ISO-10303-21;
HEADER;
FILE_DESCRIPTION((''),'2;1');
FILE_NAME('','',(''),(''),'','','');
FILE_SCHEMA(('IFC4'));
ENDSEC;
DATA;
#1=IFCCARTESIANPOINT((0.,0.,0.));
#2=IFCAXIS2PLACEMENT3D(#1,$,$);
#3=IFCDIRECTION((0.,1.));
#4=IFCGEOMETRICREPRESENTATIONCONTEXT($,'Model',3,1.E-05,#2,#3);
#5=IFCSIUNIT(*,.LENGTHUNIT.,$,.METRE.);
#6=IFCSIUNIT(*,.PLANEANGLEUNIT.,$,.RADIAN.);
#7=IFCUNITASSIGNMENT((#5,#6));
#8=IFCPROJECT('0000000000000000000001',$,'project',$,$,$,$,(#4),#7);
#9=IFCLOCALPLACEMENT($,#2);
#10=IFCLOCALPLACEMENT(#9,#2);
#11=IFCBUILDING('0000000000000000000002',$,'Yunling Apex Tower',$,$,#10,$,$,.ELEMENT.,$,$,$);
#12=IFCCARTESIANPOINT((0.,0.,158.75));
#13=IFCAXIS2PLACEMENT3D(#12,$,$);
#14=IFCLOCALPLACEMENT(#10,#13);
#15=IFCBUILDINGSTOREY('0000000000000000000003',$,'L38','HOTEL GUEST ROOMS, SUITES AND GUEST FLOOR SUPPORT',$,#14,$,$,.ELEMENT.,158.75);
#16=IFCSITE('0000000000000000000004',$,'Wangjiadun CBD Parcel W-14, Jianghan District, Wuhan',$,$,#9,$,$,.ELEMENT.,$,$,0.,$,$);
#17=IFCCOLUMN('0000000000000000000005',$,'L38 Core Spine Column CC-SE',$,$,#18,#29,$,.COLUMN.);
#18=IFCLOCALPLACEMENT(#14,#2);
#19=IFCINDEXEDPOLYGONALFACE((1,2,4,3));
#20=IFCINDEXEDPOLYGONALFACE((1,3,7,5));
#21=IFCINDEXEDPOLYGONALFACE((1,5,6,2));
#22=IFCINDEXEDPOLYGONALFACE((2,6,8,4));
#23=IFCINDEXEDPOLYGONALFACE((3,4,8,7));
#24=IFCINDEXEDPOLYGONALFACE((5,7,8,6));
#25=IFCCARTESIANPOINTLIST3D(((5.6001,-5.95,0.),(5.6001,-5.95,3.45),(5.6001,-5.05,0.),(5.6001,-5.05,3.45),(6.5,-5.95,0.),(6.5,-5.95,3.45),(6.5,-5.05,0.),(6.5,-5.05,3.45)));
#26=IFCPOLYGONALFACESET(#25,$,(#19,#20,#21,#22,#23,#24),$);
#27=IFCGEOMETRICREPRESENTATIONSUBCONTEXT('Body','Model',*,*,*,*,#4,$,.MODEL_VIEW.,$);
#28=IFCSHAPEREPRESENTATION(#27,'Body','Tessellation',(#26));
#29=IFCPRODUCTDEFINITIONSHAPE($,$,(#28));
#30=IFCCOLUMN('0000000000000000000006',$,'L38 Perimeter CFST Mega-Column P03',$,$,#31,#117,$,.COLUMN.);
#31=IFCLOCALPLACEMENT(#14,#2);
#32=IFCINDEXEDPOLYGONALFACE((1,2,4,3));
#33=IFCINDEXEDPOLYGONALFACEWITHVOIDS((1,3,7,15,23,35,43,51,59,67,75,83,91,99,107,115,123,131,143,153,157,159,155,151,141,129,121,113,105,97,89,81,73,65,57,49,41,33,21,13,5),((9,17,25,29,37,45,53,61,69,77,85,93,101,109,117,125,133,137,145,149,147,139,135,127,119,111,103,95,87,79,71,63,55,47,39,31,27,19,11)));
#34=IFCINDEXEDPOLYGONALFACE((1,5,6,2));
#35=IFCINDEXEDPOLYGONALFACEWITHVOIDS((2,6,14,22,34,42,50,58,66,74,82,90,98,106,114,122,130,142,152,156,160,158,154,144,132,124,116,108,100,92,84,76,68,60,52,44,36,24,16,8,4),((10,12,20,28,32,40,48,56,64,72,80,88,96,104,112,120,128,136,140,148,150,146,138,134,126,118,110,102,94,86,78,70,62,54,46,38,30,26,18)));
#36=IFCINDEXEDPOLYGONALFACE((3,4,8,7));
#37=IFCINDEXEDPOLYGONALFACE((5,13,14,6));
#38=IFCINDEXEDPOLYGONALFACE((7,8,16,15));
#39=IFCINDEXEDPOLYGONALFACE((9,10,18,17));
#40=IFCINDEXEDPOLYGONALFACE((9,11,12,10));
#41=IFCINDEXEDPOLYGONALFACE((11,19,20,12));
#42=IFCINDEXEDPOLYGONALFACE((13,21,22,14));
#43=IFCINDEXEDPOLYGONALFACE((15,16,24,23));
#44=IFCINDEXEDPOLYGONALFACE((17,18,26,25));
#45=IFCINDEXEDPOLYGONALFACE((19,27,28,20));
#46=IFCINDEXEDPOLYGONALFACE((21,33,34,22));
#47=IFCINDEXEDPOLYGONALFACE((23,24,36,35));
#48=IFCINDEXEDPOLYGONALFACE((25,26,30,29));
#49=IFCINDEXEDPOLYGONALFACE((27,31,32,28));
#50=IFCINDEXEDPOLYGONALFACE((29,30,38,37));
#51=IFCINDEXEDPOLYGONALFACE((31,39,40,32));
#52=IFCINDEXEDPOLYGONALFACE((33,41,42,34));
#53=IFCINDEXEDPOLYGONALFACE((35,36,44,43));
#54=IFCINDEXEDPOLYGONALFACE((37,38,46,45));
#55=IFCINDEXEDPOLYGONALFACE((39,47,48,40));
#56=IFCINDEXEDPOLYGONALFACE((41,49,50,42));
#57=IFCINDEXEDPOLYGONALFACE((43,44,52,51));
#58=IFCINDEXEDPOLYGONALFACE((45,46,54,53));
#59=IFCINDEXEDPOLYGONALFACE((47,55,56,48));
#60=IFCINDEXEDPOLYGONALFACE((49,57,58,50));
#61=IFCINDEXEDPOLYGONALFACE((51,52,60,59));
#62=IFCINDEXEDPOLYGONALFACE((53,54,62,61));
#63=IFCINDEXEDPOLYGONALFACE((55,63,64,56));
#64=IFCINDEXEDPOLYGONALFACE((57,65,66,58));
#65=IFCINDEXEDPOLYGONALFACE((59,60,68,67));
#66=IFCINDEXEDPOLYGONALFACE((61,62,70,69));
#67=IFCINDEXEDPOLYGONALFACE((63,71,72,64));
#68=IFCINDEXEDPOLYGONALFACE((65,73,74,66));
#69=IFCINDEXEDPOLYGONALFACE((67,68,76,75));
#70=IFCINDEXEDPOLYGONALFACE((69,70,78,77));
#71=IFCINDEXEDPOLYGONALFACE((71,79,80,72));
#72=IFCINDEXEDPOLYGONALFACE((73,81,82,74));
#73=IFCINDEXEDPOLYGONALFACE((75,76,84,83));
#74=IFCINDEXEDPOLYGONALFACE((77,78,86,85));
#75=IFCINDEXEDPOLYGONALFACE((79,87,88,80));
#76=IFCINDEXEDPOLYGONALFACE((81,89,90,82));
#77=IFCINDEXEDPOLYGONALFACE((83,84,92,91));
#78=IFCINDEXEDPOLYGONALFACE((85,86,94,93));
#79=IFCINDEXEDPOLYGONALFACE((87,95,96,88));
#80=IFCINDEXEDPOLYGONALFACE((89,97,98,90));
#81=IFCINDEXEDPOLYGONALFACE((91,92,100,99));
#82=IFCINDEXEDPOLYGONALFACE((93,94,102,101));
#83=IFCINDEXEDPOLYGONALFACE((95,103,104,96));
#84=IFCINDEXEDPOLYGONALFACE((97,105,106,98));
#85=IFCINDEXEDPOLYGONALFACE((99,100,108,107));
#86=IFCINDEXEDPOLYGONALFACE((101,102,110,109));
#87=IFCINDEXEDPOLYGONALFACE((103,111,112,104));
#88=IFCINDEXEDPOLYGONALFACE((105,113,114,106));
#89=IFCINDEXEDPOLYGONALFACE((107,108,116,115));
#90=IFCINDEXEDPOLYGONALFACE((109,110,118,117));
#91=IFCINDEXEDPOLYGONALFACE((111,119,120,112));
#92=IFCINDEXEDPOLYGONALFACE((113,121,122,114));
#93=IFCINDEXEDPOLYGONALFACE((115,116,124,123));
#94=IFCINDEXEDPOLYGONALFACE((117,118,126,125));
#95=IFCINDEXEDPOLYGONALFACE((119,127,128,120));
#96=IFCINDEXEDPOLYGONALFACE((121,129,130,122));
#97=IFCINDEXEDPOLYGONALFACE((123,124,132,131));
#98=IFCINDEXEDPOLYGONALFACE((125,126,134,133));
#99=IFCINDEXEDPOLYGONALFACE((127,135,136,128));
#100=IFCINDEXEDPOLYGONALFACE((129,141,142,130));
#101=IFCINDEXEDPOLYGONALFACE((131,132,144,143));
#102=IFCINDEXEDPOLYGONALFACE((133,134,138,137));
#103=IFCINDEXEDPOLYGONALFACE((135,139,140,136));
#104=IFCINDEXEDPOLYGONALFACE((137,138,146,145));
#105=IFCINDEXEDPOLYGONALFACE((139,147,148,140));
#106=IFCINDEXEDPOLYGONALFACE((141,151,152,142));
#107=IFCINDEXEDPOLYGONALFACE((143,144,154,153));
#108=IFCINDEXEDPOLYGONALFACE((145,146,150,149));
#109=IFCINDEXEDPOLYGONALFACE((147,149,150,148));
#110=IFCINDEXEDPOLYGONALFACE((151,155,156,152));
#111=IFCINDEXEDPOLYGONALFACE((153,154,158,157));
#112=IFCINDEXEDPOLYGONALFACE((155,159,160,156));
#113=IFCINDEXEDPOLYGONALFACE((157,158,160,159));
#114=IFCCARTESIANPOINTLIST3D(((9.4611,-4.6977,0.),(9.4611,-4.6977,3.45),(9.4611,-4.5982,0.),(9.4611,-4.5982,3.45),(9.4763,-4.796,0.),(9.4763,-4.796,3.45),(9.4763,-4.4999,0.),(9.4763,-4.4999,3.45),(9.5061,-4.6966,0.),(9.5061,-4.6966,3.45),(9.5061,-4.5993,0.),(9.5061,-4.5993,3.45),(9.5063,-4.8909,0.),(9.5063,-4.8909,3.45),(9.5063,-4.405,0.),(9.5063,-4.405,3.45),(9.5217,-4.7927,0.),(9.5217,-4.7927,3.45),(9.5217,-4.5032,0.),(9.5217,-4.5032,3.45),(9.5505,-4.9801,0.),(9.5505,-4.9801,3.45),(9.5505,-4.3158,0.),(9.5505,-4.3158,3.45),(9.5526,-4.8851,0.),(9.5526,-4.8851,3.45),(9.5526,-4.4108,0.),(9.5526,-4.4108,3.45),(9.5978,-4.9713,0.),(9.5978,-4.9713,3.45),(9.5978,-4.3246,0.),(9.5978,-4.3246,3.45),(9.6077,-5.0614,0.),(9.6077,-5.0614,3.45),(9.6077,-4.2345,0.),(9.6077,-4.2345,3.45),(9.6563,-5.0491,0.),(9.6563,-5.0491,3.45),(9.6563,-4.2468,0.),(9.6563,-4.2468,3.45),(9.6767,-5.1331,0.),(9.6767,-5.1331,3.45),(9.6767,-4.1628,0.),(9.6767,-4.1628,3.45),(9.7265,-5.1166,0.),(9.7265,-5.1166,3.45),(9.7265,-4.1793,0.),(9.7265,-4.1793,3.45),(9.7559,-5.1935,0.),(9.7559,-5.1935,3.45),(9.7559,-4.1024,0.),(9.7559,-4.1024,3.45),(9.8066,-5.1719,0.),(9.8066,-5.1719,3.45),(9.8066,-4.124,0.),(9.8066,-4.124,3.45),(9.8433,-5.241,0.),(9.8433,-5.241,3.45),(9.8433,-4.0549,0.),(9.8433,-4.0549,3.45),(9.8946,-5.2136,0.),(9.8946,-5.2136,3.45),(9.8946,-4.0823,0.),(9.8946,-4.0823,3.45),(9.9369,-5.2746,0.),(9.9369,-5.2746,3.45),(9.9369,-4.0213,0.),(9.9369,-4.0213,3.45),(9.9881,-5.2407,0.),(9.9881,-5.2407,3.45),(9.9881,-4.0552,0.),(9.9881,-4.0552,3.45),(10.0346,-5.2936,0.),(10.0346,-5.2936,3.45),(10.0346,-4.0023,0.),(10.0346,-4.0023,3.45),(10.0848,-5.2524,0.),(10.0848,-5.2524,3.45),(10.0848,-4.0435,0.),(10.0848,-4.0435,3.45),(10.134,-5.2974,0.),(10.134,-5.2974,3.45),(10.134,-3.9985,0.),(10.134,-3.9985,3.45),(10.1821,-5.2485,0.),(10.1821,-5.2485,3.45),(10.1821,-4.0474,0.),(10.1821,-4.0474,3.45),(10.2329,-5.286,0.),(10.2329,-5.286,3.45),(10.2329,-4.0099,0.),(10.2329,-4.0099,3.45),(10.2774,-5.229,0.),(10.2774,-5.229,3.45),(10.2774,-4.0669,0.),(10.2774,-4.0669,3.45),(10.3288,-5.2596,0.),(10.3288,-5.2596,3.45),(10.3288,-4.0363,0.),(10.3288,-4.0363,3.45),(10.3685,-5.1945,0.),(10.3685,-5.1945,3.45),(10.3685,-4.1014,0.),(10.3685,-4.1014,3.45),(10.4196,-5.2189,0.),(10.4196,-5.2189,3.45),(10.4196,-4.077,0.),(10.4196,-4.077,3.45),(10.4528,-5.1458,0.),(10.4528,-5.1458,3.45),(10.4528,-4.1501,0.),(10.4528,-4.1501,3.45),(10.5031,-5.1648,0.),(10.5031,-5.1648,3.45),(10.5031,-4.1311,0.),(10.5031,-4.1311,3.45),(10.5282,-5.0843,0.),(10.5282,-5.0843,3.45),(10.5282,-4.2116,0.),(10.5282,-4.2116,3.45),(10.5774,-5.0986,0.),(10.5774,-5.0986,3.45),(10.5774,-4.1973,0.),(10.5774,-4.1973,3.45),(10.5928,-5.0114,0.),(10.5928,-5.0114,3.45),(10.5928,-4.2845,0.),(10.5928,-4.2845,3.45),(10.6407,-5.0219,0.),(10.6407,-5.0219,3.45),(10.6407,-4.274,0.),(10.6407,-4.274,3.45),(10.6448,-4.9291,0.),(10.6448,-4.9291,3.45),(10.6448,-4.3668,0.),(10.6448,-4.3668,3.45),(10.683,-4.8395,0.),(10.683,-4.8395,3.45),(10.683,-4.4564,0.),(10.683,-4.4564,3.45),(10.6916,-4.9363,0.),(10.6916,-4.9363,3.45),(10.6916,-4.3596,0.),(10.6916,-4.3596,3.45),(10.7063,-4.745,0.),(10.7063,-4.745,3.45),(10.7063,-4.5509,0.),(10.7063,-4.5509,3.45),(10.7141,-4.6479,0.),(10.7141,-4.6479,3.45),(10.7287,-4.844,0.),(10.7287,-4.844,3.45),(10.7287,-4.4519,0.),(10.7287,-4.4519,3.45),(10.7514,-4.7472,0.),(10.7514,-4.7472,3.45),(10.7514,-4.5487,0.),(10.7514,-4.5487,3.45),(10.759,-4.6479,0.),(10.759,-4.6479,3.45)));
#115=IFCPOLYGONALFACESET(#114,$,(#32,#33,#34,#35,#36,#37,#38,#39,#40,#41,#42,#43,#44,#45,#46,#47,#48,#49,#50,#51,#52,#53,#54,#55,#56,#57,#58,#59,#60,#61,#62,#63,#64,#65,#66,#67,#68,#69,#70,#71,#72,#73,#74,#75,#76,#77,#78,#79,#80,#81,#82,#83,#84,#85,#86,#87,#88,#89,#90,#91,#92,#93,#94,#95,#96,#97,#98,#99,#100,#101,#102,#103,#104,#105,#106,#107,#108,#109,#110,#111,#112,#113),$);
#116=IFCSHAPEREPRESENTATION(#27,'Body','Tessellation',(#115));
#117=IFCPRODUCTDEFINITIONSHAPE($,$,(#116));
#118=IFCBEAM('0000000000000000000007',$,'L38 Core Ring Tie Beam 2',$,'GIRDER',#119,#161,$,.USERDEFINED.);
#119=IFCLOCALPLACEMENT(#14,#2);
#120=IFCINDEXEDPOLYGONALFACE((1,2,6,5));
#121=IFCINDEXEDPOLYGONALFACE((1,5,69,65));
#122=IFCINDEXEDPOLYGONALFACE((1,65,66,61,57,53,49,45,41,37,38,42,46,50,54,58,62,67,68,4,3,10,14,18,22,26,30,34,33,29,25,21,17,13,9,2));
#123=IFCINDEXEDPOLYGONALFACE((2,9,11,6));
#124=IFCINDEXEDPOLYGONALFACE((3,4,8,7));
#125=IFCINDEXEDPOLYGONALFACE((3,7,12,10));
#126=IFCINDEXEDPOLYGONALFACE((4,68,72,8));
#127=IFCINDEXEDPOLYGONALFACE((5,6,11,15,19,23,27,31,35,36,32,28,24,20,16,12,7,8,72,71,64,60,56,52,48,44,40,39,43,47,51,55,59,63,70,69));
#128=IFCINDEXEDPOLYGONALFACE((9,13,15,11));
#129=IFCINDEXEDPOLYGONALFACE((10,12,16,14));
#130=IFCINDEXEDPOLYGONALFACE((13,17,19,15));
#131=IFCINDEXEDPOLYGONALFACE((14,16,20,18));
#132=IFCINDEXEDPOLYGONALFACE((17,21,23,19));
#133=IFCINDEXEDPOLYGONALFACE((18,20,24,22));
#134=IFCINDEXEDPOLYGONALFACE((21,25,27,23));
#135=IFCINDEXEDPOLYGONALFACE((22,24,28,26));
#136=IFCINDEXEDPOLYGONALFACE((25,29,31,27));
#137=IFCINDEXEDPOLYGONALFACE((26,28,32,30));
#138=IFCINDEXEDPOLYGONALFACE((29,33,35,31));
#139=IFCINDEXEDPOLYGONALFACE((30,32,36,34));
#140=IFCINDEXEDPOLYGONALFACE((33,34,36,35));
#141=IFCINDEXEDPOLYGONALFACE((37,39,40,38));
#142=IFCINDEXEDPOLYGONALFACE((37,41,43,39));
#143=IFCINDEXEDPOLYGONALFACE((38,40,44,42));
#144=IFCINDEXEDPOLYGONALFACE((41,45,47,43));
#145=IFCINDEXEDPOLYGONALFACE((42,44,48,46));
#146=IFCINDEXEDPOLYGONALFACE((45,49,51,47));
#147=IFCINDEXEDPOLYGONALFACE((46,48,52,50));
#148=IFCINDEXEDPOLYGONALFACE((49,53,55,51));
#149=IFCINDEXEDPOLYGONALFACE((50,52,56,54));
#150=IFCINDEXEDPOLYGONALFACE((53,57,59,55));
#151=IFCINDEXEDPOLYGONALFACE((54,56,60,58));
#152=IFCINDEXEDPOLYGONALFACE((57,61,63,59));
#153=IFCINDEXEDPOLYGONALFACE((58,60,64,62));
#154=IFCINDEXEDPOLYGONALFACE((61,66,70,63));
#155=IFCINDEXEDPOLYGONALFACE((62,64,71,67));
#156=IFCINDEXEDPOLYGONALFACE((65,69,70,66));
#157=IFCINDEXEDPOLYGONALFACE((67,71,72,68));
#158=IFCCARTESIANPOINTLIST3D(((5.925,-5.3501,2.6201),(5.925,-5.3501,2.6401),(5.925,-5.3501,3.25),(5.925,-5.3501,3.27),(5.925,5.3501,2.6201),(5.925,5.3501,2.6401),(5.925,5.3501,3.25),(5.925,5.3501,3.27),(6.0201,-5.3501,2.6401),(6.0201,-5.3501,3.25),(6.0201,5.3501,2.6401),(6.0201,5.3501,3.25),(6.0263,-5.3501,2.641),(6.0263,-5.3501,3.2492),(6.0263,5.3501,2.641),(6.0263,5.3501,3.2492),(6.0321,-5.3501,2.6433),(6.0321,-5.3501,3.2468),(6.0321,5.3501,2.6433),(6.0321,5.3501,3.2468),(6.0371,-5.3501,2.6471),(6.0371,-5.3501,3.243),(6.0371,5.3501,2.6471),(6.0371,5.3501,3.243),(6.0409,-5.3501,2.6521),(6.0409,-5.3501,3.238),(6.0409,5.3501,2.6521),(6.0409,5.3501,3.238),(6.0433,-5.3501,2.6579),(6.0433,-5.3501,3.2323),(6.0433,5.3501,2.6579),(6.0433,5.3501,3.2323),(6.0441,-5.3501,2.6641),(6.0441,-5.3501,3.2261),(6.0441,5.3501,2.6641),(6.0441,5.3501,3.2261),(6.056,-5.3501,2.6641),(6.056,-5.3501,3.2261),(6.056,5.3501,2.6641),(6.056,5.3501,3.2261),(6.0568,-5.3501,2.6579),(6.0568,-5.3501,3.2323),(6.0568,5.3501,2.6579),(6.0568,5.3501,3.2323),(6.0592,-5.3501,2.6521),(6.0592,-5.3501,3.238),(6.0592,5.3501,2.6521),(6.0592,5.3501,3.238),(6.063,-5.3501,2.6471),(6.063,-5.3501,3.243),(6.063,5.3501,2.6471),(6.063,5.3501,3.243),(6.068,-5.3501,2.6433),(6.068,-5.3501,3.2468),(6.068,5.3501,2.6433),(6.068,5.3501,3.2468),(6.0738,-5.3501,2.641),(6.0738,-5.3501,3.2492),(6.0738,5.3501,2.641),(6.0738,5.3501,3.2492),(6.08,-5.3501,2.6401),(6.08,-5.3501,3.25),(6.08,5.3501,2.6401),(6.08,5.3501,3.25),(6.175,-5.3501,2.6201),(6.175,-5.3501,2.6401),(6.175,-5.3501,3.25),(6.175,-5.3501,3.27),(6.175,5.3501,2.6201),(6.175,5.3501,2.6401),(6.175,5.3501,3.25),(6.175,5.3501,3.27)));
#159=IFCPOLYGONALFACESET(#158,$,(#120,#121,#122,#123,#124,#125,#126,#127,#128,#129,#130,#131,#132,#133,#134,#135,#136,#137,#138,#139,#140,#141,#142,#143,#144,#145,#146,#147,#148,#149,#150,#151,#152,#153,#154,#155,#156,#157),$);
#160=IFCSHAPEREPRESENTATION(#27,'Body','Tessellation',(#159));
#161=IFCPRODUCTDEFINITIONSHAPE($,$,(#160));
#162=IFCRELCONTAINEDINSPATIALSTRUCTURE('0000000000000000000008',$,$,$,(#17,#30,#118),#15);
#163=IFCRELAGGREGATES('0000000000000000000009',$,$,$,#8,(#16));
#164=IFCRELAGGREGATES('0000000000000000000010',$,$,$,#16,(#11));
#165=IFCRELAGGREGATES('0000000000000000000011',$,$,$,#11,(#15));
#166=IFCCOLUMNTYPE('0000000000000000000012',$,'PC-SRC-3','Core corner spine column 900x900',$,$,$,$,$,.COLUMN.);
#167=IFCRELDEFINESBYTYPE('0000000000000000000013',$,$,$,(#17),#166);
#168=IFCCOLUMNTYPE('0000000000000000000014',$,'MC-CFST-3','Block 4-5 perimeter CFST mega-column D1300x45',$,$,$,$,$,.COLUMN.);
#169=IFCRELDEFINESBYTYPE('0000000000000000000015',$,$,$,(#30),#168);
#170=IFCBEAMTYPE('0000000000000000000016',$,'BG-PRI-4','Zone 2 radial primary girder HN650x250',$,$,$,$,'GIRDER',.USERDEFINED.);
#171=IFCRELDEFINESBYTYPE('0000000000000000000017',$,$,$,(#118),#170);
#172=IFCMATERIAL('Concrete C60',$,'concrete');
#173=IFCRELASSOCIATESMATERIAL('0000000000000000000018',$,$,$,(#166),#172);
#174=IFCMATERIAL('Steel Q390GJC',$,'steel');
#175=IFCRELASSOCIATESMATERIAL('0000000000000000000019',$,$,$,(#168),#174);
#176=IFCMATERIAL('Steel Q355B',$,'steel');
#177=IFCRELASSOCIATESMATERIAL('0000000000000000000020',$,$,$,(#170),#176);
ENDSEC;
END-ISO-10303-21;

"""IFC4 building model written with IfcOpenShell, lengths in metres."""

from ifc_helpers import new_model, si_unit, direction, frame, origin, origin_2d, place, context, subcontext, project, spatial, rectangle, hollow_circle, i_section, extrude, source, transform, mapped, material, material_profile, profile_set, type_object, element, save


model = new_model("IFC4")

# Units and contexts
model_context = context("Model", 3, precision=1e-05, world=origin(), true_north=direction((0.0, 1.0)))
body_context = subcontext(model_context, "Body", "Model", "MODEL_VIEW")
ifc_project = project(units=[si_unit("LENGTHUNIT", "METRE"), si_unit("PLANEANGLEUNIT", "RADIAN")], contexts=[model_context])

# Site, building, storey
site_placement = place(None, origin())
site = spatial("IfcSite", under=ifc_project, at=site_placement, Name="Wangjiadun CBD Parcel W-14, Jianghan District, Wuhan", CompositionType="ELEMENT", RefElevation=0.0)
building_placement = place(site_placement, origin())
building = spatial("IfcBuilding", under=site, at=building_placement, Name="Yunling Apex Tower", CompositionType="ELEMENT")
storey_placement = place(building_placement, frame((0.0, 0.0, 158.75)))
storey = spatial("IfcBuildingStorey", under=building, at=storey_placement, Name="L38", Description="HOTEL GUEST ROOMS, SUITES AND GUEST FLOOR SUPPORT", CompositionType="ELEMENT", Elevation=158.75)

# Columns
ifc_material_1 = material(Name="Concrete C60", Category="concrete")
ifc_material_profile_1 = material_profile(ifc_material_1, rectangle(XDim=0.8999, YDim=0.8999, at=origin_2d()))
ifc_profile_set_1 = profile_set([ifc_material_profile_1], Name="Concrete C60")
column_type_1 = type_object("IfcColumnType", Name="PC-SRC-3", Description="Core corner spine column 900x900", PredefinedType="COLUMN", material=ifc_profile_set_1)
shared_shape_1 = source(origin(), body_context, "Body", "SweptSolid", [
    extrude(rectangle(XDim=0.8999, YDim=0.8999, at=origin_2d()), origin(), (0.0, 0.0, 1.0), 3.45),
])
column_1_placement = place(storey_placement, frame((6.05, -5.5, 0.0), z_axis=(0.0, 0.0, 1.0), x_axis=(1.0, 0.0, 0.0)))
element("IfcColumn", 1, at=column_1_placement, inside=storey, type_object=column_type_1, Name="L38 Core Spine Column CC-SE", PredefinedType="COLUMN", context=body_context, shape_type="MappedRepresentation", body=[
    mapped(shared_shape_1, transform((0.0, 0.0, 0.0), scale=1.0)),
])
ifc_material_2 = material(Name="Steel Q390GJC", Category="steel")
ifc_material_profile_2 = material_profile(ifc_material_2, hollow_circle(Radius=0.6499, WallThickness=0.0449, at=origin_2d()))
ifc_profile_set_2 = profile_set([ifc_material_profile_2], Name="Steel Q390GJC")
column_type_2 = type_object("IfcColumnType", Name="MC-CFST-3", Description="Block 4-5 perimeter CFST mega-column D1300x45", PredefinedType="COLUMN", material=ifc_profile_set_2)
shared_shape_2 = source(origin(), body_context, "Body", "SweptSolid", [
    extrude(hollow_circle(Radius=0.6499, WallThickness=0.0449, at=origin_2d()), origin(), (0.0, 0.0, 1.0), 3.45),
])
column_2_placement = place(storey_placement, frame((10.1091, -4.6479, 0.0), z_axis=(0.0, 0.0, 1.0), x_axis=(1.0, 0.0, 0.0)))
element("IfcColumn", 2, at=column_2_placement, inside=storey, type_object=column_type_2, Name="L38 Perimeter CFST Mega-Column P03", PredefinedType="COLUMN", context=body_context, shape_type="MappedRepresentation", body=[
    mapped(shared_shape_2, transform((0.0, 0.0, 0.0), scale=1.0)),
])

# Beam
ifc_material_3 = material(Name="Steel Q355B", Category="steel")
ifc_material_profile_3 = material_profile(ifc_material_3, i_section(OverallWidth=0.25, OverallDepth=0.6499, WebThickness=0.012, FlangeThickness=0.02, FilletRadius=0.0239, at=origin_2d()))
ifc_profile_set_3 = profile_set([ifc_material_profile_3], Name="Steel Q355B")
beam_type_1 = type_object("IfcBeamType", Name="BG-PRI-4", Description="Zone 2 radial primary girder HN650x250", ElementType="GIRDER", PredefinedType="USERDEFINED", material=ifc_profile_set_3)
shared_shape_3 = source(origin(), body_context, "Body", "SweptSolid", [
    extrude(i_section(OverallWidth=0.25, OverallDepth=0.6499, WebThickness=0.012, FlangeThickness=0.02, FilletRadius=0.0239, at=origin_2d()), origin(), (0.0, 0.0, 1.0), 10.7002),
])
beam_1_placement = place(storey_placement, frame((6.05, -5.3501, 2.9451), z_axis=(0.0, 1.0, 0.0), x_axis=(-1.0, 0.0, 0.0)))
element("IfcBeam", 3, at=beam_1_placement, inside=storey, type_object=beam_type_1, Name="L38 Core Ring Tie Beam 2", ObjectType="GIRDER", PredefinedType="USERDEFINED", context=body_context, shape_type="MappedRepresentation", body=[
    mapped(shared_shape_3, transform((0.0, 0.0, 0.0), scale=1.0)),
])

save(model, "model.ifc")
